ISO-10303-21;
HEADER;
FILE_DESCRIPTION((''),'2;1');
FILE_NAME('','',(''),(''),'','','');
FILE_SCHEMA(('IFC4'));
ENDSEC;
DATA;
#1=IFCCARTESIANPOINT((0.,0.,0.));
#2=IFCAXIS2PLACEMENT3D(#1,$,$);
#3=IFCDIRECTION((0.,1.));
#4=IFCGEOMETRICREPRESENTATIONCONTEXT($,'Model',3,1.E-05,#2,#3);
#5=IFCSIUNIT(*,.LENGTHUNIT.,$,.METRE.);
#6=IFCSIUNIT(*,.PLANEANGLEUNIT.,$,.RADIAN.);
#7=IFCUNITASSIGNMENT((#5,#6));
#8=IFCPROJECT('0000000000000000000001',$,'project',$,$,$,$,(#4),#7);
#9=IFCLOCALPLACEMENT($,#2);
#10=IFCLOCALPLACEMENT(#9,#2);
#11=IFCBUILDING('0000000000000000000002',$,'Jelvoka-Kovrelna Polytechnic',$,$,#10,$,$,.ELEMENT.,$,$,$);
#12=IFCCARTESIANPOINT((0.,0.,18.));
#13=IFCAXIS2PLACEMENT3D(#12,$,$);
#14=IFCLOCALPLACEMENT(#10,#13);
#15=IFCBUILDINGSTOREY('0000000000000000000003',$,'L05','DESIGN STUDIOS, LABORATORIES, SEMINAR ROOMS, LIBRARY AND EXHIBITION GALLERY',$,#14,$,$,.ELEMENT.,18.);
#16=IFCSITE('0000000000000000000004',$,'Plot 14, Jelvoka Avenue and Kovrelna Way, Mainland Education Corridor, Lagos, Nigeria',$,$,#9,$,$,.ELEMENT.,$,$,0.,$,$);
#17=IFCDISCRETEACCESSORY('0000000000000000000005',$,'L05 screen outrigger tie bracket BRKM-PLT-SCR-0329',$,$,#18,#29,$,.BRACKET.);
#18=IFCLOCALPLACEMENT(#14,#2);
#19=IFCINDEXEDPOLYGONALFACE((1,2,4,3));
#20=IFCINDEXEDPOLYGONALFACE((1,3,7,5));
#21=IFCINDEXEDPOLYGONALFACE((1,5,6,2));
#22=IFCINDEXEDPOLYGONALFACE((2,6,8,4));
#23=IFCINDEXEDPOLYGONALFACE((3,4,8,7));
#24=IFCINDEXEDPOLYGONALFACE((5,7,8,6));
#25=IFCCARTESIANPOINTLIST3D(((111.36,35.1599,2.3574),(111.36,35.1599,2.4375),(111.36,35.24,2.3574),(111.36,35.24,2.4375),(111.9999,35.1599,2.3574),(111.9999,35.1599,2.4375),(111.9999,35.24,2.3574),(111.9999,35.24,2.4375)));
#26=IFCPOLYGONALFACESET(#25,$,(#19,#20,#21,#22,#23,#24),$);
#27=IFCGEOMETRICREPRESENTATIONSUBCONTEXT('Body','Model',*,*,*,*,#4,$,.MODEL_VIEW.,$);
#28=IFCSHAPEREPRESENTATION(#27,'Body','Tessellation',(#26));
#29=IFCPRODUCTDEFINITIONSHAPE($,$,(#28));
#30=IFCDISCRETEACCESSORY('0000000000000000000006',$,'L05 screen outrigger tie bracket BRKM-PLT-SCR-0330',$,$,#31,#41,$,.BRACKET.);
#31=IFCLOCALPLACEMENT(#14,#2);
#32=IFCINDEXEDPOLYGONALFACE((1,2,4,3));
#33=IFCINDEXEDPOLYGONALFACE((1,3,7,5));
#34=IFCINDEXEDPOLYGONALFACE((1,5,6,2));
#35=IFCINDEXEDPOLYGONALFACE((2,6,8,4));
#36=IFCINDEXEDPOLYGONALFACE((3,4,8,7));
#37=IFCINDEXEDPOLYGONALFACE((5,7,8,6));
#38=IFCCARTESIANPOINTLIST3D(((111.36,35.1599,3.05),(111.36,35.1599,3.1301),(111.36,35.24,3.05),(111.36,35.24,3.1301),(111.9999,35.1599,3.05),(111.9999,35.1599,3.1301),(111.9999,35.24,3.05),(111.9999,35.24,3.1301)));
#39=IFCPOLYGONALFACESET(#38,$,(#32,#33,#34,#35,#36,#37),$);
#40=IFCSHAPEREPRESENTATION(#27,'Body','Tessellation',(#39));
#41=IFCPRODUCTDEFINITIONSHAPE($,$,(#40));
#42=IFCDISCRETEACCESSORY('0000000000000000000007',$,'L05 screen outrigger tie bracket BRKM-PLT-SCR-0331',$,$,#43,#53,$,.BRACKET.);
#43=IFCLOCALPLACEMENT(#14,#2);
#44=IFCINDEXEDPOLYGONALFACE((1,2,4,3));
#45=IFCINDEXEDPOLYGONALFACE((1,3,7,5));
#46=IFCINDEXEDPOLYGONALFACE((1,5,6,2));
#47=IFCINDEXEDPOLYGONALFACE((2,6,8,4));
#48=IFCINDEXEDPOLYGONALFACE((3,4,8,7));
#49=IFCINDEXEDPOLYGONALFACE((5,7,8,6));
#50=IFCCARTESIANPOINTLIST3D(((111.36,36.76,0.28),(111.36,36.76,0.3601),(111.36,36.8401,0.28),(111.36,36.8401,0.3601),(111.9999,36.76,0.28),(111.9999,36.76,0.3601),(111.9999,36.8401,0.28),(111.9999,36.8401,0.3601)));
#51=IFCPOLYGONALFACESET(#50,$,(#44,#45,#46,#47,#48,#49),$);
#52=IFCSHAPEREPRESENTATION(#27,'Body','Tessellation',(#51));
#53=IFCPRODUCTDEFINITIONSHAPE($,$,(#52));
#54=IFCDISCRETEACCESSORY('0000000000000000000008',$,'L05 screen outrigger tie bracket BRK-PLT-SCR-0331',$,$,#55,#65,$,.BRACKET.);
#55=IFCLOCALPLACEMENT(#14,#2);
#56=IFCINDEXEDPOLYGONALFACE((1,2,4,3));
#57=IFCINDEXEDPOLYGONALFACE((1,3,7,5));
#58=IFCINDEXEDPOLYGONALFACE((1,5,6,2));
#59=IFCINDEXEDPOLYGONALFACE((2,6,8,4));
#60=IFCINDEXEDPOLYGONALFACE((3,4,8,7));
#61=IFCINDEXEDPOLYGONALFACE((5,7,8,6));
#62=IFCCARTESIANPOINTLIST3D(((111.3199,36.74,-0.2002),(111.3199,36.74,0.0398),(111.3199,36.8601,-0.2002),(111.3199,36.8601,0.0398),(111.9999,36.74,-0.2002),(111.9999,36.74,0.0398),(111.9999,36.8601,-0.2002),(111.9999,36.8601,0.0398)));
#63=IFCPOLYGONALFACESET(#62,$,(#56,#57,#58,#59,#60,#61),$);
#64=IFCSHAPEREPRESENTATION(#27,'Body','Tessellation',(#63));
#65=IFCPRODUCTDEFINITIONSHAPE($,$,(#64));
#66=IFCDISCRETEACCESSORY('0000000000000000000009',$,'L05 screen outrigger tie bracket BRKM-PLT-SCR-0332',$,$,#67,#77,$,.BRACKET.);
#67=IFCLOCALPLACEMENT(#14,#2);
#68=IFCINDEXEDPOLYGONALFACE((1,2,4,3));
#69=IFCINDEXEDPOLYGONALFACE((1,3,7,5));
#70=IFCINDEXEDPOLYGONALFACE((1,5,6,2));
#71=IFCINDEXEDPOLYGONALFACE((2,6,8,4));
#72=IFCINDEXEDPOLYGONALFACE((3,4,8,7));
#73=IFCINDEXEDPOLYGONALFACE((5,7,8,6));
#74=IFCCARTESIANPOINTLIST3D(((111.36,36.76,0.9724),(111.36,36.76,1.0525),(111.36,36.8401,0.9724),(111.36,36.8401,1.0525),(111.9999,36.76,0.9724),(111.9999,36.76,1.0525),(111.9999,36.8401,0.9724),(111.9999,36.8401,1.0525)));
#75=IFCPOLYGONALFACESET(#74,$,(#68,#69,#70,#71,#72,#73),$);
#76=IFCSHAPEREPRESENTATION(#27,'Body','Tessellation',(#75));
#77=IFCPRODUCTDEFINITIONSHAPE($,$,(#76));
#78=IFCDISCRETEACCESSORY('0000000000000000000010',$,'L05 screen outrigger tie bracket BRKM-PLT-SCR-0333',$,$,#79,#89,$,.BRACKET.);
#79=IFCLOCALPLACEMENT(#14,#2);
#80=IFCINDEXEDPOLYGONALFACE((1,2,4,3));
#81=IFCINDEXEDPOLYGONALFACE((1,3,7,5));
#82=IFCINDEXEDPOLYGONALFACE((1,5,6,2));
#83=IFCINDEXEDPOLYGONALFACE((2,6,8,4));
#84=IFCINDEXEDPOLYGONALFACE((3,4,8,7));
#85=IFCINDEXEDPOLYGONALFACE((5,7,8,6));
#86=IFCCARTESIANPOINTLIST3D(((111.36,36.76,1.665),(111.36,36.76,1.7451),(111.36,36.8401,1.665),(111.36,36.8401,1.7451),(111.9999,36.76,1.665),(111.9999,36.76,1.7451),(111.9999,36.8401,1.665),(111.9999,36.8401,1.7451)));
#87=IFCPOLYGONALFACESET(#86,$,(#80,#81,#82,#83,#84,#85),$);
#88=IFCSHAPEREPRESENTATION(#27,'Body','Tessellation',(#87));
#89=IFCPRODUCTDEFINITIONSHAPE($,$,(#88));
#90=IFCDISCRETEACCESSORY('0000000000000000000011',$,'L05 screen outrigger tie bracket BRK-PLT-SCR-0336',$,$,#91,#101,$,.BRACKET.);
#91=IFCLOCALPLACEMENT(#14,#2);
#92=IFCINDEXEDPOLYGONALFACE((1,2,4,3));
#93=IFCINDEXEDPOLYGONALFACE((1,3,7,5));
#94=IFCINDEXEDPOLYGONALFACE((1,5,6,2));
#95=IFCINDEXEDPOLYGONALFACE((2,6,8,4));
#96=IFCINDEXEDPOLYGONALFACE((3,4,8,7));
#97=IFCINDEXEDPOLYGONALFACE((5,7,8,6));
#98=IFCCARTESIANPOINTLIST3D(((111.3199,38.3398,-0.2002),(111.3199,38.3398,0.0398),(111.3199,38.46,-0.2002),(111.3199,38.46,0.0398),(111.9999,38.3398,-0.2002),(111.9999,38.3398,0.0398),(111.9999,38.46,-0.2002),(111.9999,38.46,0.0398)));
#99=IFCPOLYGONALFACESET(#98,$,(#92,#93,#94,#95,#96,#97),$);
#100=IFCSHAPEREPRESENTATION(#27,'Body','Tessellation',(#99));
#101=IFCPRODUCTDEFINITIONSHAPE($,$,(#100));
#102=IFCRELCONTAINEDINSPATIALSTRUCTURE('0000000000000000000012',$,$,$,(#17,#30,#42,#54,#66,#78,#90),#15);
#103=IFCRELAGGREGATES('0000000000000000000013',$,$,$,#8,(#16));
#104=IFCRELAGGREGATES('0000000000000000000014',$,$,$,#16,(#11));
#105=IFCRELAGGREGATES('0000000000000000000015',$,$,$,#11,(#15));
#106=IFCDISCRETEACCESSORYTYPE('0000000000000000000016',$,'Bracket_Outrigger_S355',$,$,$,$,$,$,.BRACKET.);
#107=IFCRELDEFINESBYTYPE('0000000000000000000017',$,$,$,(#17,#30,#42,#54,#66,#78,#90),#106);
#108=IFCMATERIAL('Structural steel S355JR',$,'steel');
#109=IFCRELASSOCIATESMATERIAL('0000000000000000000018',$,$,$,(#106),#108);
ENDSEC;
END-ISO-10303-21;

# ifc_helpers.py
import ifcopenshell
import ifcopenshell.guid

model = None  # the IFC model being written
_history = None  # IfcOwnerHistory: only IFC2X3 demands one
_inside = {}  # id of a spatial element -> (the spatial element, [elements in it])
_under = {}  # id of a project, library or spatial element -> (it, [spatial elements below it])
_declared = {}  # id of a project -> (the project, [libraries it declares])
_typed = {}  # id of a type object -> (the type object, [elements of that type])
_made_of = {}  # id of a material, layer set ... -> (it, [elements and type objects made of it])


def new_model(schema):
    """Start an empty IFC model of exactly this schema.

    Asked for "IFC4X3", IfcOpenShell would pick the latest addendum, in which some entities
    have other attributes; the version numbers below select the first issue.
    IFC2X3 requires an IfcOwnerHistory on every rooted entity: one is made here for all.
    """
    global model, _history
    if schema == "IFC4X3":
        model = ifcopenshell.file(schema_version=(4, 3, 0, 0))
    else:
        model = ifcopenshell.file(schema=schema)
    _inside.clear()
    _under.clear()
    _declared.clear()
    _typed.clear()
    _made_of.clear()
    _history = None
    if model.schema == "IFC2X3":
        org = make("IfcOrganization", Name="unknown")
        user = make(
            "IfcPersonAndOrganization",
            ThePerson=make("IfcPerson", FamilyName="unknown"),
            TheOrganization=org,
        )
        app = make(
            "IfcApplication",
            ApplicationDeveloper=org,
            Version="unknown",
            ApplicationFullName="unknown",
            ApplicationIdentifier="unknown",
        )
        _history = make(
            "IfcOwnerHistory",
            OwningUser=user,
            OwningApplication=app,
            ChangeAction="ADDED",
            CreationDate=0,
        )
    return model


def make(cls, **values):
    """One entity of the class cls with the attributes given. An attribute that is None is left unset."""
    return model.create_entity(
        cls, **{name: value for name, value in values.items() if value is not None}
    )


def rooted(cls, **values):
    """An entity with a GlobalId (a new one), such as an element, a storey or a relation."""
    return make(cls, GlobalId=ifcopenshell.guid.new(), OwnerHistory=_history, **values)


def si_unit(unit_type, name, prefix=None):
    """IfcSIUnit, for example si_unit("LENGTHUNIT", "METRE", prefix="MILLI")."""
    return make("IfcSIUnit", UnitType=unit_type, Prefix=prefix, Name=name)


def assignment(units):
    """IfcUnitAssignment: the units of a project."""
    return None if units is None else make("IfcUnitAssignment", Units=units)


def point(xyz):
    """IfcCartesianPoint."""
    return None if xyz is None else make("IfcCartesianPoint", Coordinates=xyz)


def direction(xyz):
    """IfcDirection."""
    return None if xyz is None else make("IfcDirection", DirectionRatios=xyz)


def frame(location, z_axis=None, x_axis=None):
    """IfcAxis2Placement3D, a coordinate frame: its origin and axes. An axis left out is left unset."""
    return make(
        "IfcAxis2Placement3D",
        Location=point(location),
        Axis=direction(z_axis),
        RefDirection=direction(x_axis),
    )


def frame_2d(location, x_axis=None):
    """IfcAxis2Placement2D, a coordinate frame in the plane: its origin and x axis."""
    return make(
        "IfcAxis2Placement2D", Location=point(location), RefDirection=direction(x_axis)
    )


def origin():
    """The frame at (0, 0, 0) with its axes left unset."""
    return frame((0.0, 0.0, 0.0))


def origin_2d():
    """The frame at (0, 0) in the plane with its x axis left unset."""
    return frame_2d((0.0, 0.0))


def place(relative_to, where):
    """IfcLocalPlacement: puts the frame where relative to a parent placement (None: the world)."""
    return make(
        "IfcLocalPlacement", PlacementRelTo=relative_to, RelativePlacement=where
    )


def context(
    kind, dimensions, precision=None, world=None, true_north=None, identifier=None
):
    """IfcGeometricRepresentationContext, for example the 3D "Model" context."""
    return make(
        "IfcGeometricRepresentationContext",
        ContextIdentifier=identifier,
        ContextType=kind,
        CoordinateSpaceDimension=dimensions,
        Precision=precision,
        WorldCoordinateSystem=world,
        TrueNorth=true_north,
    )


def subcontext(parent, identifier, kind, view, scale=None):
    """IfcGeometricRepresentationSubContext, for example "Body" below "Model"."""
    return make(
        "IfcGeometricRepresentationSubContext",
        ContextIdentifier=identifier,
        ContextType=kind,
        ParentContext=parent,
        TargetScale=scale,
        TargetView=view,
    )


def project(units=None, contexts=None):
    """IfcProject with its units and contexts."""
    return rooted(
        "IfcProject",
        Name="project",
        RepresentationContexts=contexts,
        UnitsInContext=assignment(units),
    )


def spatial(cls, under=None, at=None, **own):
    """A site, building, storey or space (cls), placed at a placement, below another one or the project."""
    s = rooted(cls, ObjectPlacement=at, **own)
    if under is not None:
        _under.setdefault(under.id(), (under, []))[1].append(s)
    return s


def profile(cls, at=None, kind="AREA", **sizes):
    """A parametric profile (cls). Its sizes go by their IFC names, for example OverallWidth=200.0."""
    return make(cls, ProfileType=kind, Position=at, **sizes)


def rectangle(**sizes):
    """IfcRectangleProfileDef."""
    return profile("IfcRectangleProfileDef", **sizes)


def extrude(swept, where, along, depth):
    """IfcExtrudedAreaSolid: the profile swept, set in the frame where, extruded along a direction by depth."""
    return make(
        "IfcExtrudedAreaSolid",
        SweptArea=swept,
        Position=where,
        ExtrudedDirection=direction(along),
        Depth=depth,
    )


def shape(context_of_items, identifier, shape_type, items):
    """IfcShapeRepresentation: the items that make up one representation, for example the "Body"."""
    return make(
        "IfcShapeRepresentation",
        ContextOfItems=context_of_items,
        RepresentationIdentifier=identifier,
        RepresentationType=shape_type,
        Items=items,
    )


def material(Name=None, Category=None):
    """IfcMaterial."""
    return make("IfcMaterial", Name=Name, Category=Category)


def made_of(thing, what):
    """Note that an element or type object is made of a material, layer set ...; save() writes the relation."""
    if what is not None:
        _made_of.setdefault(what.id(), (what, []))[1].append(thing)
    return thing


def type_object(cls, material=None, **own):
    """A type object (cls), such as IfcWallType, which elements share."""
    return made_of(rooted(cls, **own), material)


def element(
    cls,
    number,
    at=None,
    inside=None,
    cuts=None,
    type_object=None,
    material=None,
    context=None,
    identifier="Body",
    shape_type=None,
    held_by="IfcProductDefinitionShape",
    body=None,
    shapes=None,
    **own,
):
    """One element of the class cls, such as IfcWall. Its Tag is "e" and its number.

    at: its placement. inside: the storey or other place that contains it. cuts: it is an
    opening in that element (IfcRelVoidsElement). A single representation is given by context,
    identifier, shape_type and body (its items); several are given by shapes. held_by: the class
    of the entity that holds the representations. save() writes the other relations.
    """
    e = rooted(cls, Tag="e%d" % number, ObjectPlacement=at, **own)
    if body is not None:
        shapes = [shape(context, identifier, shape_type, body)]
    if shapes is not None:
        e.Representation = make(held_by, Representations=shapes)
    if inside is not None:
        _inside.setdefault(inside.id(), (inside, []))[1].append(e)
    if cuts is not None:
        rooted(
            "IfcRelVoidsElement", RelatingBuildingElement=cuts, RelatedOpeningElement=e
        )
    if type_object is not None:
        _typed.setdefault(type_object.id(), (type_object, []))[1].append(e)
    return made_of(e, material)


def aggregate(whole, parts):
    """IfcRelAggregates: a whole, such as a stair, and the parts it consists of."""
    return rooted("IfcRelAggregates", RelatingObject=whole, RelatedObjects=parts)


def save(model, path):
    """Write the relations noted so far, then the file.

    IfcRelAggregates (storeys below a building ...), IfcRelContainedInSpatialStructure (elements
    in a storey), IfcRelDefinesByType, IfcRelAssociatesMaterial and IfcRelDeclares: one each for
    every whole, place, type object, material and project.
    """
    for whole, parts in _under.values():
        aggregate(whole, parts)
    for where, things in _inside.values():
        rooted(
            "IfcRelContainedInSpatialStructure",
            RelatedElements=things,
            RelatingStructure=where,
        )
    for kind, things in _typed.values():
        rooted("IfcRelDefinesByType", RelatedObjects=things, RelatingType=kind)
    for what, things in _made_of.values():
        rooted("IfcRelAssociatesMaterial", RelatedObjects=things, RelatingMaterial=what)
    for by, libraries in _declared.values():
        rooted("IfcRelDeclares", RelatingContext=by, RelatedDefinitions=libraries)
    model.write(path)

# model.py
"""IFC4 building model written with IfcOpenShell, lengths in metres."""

from ifc_helpers import new_model, si_unit, direction, frame, origin, origin_2d, place, context, subcontext, project, spatial, rectangle, extrude, material, type_object, element, save


model = new_model("IFC4")

# Units and contexts
model_context = context("Model", 3, precision=1e-05, world=origin(), true_north=direction((0.0, 1.0)))
body_context = subcontext(model_context, "Body", "Model", "MODEL_VIEW")
ifc_project = project(units=[si_unit("LENGTHUNIT", "METRE"), si_unit("PLANEANGLEUNIT", "RADIAN")], contexts=[model_context])

# Site, building, storey
site_placement = place(None, origin())
site = spatial("IfcSite", under=ifc_project, at=site_placement, Name="Plot 14, Jelvoka Avenue and Kovrelna Way, Mainland Education Corridor, Lagos, Nigeria", CompositionType="ELEMENT", RefElevation=0.0)
building_placement = place(site_placement, origin())
building = spatial("IfcBuilding", under=site, at=building_placement, Name="Jelvoka-Kovrelna Polytechnic", CompositionType="ELEMENT")
storey_placement = place(building_placement, frame((0.0, 0.0, 18.0)))
storey = spatial("IfcBuildingStorey", under=building, at=storey_placement, Name="L05", Description="DESIGN STUDIOS, LABORATORIES, SEMINAR ROOMS, LIBRARY AND EXHIBITION GALLERY", CompositionType="ELEMENT", Elevation=18.0)

# Discrete accessories
ifc_material_1 = material(Name="Structural steel S355JR", Category="steel")
discrete_accessory_type = type_object("IfcDiscreteAccessoryType", Name="Bracket_Outrigger_S355", PredefinedType="BRACKET", material=ifc_material_1)
for number, where, z_axis, x_axis, name in (
    (1, (111.6799, 35.2, 2.3574), (0.0, 0.0, 1.0), (1.0, 0.0, 0.0), "L05 screen outrigger tie bracket BRKM-PLT-SCR-0329"),
    (2, (111.6799, 35.2, 3.05), (0.0, 0.0, 1.0), (1.0, 0.0, 0.0), "L05 screen outrigger tie bracket BRKM-PLT-SCR-0330"),
    (3, (111.6799, 36.8, 0.28), (0.0, 0.0, 1.0), (1.0, 0.0, 0.0), "L05 screen outrigger tie bracket BRKM-PLT-SCR-0331"),
):
    element("IfcDiscreteAccessory", number, at=place(storey_placement, frame(where, z_axis=z_axis, x_axis=x_axis)), inside=storey, type_object=discrete_accessory_type, Name=name, PredefinedType="BRACKET", context=body_context, shape_type="SweptSolid", body=[
        extrude(rectangle(XDim=0.6399, YDim=0.0801, at=origin_2d()), origin(), (0.0, 0.0, 1.0), 0.0801),
    ])
discrete_accessory_1_placement = place(storey_placement, frame((111.6599, 36.8, -0.2002), z_axis=(0.0, 0.0, 1.0), x_axis=(1.0, 0.0, 0.0)))
element("IfcDiscreteAccessory", 4, at=discrete_accessory_1_placement, inside=storey, type_object=discrete_accessory_type, Name="L05 screen outrigger tie bracket BRK-PLT-SCR-0331", PredefinedType="BRACKET", context=body_context, shape_type="SweptSolid", body=[
    extrude(rectangle(XDim=0.6799, YDim=0.1201, at=origin_2d()), origin(), (0.0, 0.0, 1.0), 0.24),
])
for number, where, z_axis, x_axis, name in (
    (5, (111.6799, 36.8, 0.9724), (0.0, 0.0, 1.0), (1.0, 0.0, 0.0), "L05 screen outrigger tie bracket BRKM-PLT-SCR-0332"),
    (6, (111.6799, 36.8, 1.665), (0.0, 0.0, 1.0), (1.0, 0.0, 0.0), "L05 screen outrigger tie bracket BRKM-PLT-SCR-0333"),
):
    element("IfcDiscreteAccessory", number, at=place(storey_placement, frame(where, z_axis=z_axis, x_axis=x_axis)), inside=storey, type_object=discrete_accessory_type, Name=name, PredefinedType="BRACKET", context=body_context, shape_type="SweptSolid", body=[
        extrude(rectangle(XDim=0.6399, YDim=0.0801, at=origin_2d()), origin(), (0.0, 0.0, 1.0), 0.0801),
    ])
discrete_accessory_2_placement = place(storey_placement, frame((111.6599, 38.3999, -0.2002), z_axis=(0.0, 0.0, 1.0), x_axis=(1.0, 0.0, 0.0)))
element("IfcDiscreteAccessory", 7, at=discrete_accessory_2_placement, inside=storey, type_object=discrete_accessory_type, Name="L05 screen outrigger tie bracket BRK-PLT-SCR-0336", PredefinedType="BRACKET", context=body_context, shape_type="SweptSolid", body=[
    extrude(rectangle(XDim=0.6799, YDim=0.1201, at=origin_2d()), origin(), (0.0, 0.0, 1.0), 0.24),
])

save(model, "model.ifc")
